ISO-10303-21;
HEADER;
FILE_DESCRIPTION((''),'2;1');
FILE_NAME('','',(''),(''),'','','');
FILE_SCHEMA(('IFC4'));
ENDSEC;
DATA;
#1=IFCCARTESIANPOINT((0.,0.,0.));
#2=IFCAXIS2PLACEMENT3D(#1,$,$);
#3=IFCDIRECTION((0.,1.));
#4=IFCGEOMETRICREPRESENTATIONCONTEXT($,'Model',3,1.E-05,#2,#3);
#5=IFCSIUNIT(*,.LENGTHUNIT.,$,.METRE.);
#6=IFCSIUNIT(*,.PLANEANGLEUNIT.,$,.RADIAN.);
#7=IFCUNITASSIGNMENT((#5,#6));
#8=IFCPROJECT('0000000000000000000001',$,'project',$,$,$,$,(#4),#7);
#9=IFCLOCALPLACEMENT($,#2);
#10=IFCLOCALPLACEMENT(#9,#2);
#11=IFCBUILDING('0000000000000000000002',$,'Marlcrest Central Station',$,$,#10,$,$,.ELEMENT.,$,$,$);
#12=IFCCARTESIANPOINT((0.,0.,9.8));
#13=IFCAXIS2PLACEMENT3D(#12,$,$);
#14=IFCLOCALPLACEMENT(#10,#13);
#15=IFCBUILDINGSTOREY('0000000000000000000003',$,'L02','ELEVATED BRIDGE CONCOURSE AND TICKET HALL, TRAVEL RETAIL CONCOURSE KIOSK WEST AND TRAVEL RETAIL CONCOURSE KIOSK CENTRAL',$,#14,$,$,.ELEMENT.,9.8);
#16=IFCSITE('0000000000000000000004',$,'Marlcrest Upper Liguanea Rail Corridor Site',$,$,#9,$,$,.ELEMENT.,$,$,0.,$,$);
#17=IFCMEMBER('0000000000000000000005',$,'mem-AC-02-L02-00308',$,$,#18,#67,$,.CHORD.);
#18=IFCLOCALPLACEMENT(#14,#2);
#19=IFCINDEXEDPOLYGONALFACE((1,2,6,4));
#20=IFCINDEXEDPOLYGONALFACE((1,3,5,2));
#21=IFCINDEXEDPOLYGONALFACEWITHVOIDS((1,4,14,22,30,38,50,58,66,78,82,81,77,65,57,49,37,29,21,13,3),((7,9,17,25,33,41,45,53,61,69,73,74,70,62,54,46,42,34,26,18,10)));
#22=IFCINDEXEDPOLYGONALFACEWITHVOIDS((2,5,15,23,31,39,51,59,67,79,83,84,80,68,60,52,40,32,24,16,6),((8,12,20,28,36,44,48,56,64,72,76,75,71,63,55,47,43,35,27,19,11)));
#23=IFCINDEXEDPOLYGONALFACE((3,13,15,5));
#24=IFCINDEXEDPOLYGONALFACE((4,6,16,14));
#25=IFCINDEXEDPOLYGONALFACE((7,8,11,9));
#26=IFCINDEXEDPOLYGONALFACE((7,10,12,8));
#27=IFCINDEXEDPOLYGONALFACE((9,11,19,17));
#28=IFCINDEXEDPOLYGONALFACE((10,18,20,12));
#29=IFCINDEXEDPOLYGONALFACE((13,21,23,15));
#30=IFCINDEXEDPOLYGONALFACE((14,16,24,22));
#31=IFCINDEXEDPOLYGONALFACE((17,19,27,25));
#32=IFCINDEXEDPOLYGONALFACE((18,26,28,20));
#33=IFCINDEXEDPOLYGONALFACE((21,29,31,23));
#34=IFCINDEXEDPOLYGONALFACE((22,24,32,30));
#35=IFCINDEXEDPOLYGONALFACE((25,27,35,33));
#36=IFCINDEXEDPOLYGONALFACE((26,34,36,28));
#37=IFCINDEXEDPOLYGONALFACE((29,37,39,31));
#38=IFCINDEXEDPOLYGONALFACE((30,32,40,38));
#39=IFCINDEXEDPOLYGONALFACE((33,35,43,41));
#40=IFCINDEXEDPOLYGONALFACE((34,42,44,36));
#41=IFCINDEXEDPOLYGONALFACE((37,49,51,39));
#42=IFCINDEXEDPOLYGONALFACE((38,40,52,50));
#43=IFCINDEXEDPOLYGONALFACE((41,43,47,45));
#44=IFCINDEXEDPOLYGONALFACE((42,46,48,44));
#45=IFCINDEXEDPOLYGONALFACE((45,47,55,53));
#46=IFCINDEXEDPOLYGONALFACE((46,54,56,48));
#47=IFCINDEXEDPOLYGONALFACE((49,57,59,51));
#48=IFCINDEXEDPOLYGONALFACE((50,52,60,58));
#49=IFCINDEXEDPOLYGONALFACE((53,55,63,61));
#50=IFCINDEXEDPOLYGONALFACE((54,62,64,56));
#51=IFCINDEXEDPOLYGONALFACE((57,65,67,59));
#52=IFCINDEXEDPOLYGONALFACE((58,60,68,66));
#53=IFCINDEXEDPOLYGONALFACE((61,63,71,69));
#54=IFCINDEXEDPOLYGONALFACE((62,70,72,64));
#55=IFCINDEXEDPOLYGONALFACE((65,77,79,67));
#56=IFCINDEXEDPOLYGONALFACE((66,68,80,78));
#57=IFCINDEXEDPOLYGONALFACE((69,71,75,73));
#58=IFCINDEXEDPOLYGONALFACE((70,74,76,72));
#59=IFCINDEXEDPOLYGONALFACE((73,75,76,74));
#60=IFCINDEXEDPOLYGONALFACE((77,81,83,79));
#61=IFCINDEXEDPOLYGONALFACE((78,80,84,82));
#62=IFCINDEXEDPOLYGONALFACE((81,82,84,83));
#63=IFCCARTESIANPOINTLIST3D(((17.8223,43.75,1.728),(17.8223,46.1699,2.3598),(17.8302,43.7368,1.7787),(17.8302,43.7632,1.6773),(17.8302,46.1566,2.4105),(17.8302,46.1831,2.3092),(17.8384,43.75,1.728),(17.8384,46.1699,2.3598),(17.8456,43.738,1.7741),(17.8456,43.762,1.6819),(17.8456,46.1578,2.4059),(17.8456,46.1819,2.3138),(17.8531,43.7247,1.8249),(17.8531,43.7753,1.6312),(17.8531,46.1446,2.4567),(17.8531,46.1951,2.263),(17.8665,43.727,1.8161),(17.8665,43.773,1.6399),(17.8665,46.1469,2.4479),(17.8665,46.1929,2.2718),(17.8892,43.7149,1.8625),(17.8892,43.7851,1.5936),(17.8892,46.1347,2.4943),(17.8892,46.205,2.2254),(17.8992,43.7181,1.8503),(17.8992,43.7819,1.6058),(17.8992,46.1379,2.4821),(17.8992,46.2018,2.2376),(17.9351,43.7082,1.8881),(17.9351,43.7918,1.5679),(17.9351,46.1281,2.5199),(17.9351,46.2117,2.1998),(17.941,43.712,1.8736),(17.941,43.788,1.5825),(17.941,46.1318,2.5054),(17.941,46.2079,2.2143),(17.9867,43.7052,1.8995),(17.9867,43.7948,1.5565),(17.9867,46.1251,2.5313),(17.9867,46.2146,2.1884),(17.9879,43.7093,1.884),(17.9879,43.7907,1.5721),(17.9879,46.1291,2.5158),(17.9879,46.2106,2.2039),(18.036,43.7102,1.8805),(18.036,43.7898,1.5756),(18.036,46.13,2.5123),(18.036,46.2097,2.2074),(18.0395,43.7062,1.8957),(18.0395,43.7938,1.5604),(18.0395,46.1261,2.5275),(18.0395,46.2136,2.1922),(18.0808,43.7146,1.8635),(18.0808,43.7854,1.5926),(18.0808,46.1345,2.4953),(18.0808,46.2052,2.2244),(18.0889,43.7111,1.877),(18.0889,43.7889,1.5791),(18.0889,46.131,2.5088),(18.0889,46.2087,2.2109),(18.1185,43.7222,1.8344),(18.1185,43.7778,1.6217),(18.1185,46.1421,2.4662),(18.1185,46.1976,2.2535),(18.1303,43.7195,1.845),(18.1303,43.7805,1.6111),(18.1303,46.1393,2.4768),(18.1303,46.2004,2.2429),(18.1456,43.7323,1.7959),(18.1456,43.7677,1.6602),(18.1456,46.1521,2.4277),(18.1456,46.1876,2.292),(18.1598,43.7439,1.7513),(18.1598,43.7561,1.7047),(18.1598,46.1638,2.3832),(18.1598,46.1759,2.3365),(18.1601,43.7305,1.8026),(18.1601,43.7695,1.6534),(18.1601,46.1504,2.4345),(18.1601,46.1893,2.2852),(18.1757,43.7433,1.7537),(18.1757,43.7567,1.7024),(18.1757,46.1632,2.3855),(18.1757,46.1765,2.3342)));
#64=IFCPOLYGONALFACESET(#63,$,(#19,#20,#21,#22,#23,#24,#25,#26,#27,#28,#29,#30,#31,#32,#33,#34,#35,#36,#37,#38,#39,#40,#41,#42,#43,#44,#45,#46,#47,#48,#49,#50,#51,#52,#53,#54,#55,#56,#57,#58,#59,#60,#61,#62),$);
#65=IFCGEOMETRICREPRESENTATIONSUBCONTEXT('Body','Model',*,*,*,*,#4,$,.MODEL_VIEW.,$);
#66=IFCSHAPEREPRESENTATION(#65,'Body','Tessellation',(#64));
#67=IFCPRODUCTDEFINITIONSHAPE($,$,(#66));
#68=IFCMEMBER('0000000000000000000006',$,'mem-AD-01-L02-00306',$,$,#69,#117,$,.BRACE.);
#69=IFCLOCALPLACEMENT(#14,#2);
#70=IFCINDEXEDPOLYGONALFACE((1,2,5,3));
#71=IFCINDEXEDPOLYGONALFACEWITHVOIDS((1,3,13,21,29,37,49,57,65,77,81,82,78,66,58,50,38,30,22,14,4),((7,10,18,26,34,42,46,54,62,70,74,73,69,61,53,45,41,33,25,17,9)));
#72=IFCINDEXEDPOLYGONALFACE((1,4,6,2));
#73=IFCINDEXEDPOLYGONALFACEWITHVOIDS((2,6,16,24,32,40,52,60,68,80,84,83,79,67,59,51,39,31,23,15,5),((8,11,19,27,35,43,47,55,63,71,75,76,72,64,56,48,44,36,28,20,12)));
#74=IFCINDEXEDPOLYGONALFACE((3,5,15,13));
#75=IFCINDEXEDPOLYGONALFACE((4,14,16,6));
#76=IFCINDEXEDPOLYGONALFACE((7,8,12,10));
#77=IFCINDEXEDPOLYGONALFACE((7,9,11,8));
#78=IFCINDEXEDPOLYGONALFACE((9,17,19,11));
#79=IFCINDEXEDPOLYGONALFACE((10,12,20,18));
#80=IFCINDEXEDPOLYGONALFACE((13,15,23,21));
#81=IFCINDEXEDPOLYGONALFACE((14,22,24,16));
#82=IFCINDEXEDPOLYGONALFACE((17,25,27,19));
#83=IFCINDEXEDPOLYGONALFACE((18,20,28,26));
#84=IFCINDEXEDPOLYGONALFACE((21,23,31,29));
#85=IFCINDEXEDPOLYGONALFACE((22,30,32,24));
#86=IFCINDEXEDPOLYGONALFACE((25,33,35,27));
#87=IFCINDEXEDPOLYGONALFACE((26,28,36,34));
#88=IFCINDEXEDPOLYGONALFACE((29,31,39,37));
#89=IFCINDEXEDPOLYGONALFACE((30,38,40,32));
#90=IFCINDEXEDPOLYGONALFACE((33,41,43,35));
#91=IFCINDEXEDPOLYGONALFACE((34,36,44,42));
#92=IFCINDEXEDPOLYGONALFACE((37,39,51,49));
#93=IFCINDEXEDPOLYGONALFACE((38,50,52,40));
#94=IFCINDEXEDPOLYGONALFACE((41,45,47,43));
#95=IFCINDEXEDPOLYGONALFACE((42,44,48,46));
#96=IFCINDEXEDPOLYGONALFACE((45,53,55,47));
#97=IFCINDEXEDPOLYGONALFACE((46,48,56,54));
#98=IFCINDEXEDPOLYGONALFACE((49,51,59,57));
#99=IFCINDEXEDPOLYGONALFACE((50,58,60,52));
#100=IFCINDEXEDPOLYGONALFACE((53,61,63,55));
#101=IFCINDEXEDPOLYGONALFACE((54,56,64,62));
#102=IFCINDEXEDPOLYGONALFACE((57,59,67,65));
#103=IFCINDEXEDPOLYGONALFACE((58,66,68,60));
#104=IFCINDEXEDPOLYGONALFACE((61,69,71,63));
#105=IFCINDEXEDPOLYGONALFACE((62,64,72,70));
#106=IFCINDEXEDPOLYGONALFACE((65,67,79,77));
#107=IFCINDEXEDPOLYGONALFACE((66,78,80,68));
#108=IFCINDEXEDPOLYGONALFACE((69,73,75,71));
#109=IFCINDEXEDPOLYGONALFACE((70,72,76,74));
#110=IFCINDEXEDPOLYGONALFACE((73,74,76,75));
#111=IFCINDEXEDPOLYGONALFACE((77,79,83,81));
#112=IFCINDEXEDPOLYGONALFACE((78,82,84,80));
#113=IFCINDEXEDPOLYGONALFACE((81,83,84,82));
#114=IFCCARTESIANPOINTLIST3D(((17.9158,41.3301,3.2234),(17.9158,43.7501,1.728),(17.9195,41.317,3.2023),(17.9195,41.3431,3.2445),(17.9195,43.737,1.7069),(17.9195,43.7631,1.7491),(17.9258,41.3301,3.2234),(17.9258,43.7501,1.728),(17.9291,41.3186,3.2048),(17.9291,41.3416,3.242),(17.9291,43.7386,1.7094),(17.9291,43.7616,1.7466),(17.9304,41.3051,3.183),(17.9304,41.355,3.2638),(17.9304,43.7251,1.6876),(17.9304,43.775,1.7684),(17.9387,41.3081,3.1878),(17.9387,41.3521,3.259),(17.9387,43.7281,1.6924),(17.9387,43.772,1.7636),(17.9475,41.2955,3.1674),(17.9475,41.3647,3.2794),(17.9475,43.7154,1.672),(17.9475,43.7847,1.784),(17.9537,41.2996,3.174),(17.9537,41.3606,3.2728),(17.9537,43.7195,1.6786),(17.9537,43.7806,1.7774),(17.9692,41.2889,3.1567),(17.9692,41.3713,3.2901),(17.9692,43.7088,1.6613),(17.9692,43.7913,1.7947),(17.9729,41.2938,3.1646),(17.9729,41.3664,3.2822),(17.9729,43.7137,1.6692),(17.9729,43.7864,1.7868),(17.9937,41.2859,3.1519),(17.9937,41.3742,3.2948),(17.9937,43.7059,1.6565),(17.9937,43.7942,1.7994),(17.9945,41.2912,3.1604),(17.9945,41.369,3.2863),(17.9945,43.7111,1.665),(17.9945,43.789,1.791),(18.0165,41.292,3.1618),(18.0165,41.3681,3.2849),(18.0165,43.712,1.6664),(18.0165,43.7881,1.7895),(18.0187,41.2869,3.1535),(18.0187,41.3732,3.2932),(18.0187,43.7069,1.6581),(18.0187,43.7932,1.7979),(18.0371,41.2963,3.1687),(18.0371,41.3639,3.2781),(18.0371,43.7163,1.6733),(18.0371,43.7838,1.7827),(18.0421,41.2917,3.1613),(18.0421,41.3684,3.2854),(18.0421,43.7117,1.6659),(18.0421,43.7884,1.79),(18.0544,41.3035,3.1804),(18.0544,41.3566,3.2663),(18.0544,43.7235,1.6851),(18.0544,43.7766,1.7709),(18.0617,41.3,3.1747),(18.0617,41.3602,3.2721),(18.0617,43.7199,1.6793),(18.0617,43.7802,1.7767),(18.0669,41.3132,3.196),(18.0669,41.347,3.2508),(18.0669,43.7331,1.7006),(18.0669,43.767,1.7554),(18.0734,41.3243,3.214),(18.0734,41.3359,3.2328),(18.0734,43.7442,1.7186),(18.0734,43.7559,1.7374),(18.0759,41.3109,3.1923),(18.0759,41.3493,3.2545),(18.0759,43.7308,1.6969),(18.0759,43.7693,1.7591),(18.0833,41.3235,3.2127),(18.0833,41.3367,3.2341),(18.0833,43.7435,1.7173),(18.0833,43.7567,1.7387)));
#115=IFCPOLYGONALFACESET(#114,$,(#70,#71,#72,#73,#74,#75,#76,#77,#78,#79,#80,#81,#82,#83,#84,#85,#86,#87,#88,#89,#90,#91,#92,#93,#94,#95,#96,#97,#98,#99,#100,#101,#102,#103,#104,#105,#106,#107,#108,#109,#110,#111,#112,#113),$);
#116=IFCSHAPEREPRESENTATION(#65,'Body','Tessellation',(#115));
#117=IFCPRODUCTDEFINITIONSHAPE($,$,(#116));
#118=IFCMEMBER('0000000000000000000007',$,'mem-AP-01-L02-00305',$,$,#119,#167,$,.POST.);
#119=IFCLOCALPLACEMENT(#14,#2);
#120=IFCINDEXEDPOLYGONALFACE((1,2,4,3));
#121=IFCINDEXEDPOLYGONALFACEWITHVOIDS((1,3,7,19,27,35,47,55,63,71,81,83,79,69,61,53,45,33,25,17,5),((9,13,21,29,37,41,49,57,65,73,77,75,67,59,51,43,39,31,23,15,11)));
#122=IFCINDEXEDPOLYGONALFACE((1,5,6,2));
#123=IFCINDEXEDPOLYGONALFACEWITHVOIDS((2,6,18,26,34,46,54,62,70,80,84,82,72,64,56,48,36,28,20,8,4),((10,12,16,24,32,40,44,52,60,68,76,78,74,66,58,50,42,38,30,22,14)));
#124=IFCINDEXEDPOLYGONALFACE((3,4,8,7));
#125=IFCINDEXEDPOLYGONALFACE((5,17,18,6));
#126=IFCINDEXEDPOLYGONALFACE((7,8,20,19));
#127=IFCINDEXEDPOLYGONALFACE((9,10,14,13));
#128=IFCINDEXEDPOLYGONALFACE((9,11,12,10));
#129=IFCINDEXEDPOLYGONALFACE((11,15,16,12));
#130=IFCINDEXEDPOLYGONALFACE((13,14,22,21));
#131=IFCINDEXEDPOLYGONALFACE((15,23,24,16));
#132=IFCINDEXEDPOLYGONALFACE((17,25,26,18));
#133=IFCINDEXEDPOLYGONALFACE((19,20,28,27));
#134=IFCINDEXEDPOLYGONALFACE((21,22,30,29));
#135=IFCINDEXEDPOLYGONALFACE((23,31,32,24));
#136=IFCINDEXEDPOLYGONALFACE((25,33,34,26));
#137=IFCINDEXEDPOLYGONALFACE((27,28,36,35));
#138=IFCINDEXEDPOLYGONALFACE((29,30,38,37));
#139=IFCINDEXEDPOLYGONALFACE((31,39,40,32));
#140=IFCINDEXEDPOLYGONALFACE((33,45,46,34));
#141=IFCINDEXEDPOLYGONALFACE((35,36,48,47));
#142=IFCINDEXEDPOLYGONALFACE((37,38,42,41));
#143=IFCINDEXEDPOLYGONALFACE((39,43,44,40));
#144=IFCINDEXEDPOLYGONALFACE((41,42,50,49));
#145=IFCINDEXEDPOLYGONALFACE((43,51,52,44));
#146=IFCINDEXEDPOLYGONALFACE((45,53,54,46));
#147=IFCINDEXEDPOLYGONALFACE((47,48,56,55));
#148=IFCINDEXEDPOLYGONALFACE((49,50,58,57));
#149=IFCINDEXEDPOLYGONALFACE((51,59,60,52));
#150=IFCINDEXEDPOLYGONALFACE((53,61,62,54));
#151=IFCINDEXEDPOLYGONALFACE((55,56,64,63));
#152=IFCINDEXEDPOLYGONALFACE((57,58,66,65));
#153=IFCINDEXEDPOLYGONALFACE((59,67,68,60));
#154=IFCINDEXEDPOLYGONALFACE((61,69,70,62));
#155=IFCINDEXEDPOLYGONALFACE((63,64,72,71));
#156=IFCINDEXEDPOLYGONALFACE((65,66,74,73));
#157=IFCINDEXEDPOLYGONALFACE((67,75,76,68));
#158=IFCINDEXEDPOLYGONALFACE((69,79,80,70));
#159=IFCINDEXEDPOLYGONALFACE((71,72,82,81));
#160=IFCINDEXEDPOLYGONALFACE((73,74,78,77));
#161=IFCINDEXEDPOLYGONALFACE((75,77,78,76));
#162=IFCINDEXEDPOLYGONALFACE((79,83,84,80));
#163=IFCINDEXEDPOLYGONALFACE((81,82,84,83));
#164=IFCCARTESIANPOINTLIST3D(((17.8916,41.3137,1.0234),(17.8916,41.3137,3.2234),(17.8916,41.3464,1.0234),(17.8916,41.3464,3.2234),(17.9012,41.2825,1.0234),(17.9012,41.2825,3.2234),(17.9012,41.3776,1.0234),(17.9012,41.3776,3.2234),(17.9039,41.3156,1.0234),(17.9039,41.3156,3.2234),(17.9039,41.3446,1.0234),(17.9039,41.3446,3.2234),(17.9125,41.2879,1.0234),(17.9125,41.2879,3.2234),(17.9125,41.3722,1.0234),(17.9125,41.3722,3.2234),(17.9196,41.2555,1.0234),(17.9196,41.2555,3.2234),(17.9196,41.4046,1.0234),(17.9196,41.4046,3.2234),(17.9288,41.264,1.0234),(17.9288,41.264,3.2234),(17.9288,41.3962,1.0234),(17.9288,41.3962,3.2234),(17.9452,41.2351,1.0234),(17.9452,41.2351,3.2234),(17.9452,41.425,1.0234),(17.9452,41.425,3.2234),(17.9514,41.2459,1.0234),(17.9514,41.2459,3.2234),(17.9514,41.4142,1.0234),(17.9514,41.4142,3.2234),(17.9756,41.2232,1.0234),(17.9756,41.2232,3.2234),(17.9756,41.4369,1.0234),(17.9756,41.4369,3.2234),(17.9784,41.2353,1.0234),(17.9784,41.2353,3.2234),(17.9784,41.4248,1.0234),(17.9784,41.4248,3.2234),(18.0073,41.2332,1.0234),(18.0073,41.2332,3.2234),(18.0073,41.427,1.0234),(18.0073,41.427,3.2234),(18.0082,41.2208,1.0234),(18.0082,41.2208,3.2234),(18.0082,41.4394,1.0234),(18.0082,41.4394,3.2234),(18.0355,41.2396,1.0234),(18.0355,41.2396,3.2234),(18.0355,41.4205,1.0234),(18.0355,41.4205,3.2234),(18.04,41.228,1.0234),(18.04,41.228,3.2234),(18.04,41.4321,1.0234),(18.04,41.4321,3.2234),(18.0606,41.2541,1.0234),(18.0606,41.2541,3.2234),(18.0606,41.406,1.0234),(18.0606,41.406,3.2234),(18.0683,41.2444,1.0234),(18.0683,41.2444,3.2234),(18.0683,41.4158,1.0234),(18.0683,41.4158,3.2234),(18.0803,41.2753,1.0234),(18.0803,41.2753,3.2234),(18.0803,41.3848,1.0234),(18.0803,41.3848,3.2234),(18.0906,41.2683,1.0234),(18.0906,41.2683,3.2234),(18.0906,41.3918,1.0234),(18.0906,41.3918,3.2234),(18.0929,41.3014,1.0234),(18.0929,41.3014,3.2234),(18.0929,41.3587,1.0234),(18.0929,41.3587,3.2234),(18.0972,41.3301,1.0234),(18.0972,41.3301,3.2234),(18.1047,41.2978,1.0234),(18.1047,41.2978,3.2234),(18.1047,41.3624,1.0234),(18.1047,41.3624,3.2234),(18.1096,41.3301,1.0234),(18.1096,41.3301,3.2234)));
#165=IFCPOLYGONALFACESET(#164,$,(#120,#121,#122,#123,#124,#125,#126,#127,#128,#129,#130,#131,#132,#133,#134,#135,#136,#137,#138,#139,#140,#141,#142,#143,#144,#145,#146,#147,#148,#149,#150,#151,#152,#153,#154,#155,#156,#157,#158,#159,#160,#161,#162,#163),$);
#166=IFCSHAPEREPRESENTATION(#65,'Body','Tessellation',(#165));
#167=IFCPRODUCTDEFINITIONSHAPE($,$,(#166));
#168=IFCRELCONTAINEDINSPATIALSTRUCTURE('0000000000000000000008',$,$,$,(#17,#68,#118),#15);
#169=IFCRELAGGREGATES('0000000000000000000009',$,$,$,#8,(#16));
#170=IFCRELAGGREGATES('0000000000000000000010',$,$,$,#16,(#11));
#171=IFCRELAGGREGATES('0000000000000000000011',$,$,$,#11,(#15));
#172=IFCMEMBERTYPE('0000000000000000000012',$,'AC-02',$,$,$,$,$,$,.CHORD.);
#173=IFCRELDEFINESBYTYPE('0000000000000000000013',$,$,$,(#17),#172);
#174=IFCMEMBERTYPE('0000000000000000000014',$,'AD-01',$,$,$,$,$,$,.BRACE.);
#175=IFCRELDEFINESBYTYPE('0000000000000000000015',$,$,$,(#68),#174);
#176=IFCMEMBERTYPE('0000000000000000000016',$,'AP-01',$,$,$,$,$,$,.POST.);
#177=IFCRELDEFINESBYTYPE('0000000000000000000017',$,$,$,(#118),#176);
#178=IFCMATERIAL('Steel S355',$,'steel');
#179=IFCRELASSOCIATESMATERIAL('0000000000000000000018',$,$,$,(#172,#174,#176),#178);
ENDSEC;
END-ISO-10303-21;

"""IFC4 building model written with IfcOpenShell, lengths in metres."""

from ifc_helpers import new_model, si_unit, direction, frame, origin, origin_2d, place, context, subcontext, project, spatial, hollow_circle, extrude, material, material_profile, profile_set, type_object, element, save


model = new_model("IFC4")

# Units and contexts
model_context = context("Model", 3, precision=1e-05, world=origin(), true_north=direction((0.0, 1.0)))
body_context = subcontext(model_context, "Body", "Model", "MODEL_VIEW")
ifc_project = project(units=[si_unit("LENGTHUNIT", "METRE"), si_unit("PLANEANGLEUNIT", "RADIAN")], contexts=[model_context])

# Site, building, storey
site_placement = place(None, origin())
site = spatial("IfcSite", under=ifc_project, at=site_placement, Name="Marlcrest Upper Liguanea Rail Corridor Site", CompositionType="ELEMENT", RefElevation=0.0)
building_placement = place(site_placement, origin())
building = spatial("IfcBuilding", under=site, at=building_placement, Name="Marlcrest Central Station", CompositionType="ELEMENT")
storey_placement = place(building_placement, frame((0.0, 0.0, 9.8)))
storey = spatial("IfcBuildingStorey", under=building, at=storey_placement, Name="L02", Description="ELEVATED BRIDGE CONCOURSE AND TICKET HALL, TRAVEL RETAIL CONCOURSE KIOSK WEST AND TRAVEL RETAIL CONCOURSE KIOSK CENTRAL", CompositionType="ELEMENT", Elevation=9.8)

# Members
ifc_material_1 = material(Name="Steel S355", Category="steel")
ifc_material_profile_1 = material_profile(ifc_material_1, hollow_circle(Radius=0.1777, WallThickness=0.0161, at=origin_2d()), Name="CHS 355.6x16")
ifc_profile_set_1 = profile_set([ifc_material_profile_1], Name="Steel S355")
member_type_1 = type_object("IfcMemberType", Name="AC-02", PredefinedType="CHORD", material=ifc_profile_set_1)
member_1_placement = place(storey_placement, frame((18.0, 43.75, 1.728), z_axis=(0.0, 0.967563, 0.252629), x_axis=(-1.0, 0.0, 0.0)))
element("IfcMember", 1, at=member_1_placement, inside=storey, type_object=member_type_1, Name="mem-AC-02-L02-00308", PredefinedType="CHORD", context=body_context, shape_type="SweptSolid", body=[
    extrude(hollow_circle(Radius=0.1777, WallThickness=0.0161, at=origin_2d()), origin(), (0.0, 0.0, 1.0), 2.501),
])
ifc_material_profile_2 = material_profile(ifc_material_1, hollow_circle(Radius=0.0842, WallThickness=0.01, at=origin_2d()), Name="CHS 168.3x10")
ifc_profile_set_2 = profile_set([ifc_material_profile_2], Name="Steel S355")
member_type_2 = type_object("IfcMemberType", Name="AD-01", PredefinedType="BRACE", material=ifc_profile_set_2)
member_2_placement = place(storey_placement, frame((18.0, 41.3301, 3.2234), z_axis=(0.0, 0.850687, -0.525672), x_axis=(-1.0, 0.0, 0.0)))
element("IfcMember", 2, at=member_2_placement, inside=storey, type_object=member_type_2, Name="mem-AD-01-L02-00306", PredefinedType="BRACE", context=body_context, shape_type="SweptSolid", body=[
    extrude(hollow_circle(Radius=0.0842, WallThickness=0.01, at=origin_2d()), origin(), (0.0, 0.0, 1.0), 2.8447),
])
ifc_material_profile_3 = material_profile(ifc_material_1, hollow_circle(Radius=0.1096, WallThickness=0.0125, at=origin_2d()), Name="CHS 219.1x12.5")
ifc_profile_set_3 = profile_set([ifc_material_profile_3], Name="Steel S355")
member_type_3 = type_object("IfcMemberType", Name="AP-01", PredefinedType="POST", material=ifc_profile_set_3)
for number, where, z_axis, x_axis, name in (
    (3, (18.0, 41.3301, 1.0234), (0.0, 0.0, 1.0), (1.0, 0.0, 0.0), "mem-AP-01-L02-00305"),
):
    element("IfcMember", number, at=place(storey_placement, frame(where, z_axis=z_axis, x_axis=x_axis)), inside=storey, type_object=member_type_3, Name=name, PredefinedType="POST", context=body_context, shape_type="SweptSolid", body=[
        extrude(hollow_circle(Radius=0.1096, WallThickness=0.0125, at=origin_2d()), origin(), (0.0, 0.0, 1.0), 2.2),
    ])

save(model, "model.ifc")
